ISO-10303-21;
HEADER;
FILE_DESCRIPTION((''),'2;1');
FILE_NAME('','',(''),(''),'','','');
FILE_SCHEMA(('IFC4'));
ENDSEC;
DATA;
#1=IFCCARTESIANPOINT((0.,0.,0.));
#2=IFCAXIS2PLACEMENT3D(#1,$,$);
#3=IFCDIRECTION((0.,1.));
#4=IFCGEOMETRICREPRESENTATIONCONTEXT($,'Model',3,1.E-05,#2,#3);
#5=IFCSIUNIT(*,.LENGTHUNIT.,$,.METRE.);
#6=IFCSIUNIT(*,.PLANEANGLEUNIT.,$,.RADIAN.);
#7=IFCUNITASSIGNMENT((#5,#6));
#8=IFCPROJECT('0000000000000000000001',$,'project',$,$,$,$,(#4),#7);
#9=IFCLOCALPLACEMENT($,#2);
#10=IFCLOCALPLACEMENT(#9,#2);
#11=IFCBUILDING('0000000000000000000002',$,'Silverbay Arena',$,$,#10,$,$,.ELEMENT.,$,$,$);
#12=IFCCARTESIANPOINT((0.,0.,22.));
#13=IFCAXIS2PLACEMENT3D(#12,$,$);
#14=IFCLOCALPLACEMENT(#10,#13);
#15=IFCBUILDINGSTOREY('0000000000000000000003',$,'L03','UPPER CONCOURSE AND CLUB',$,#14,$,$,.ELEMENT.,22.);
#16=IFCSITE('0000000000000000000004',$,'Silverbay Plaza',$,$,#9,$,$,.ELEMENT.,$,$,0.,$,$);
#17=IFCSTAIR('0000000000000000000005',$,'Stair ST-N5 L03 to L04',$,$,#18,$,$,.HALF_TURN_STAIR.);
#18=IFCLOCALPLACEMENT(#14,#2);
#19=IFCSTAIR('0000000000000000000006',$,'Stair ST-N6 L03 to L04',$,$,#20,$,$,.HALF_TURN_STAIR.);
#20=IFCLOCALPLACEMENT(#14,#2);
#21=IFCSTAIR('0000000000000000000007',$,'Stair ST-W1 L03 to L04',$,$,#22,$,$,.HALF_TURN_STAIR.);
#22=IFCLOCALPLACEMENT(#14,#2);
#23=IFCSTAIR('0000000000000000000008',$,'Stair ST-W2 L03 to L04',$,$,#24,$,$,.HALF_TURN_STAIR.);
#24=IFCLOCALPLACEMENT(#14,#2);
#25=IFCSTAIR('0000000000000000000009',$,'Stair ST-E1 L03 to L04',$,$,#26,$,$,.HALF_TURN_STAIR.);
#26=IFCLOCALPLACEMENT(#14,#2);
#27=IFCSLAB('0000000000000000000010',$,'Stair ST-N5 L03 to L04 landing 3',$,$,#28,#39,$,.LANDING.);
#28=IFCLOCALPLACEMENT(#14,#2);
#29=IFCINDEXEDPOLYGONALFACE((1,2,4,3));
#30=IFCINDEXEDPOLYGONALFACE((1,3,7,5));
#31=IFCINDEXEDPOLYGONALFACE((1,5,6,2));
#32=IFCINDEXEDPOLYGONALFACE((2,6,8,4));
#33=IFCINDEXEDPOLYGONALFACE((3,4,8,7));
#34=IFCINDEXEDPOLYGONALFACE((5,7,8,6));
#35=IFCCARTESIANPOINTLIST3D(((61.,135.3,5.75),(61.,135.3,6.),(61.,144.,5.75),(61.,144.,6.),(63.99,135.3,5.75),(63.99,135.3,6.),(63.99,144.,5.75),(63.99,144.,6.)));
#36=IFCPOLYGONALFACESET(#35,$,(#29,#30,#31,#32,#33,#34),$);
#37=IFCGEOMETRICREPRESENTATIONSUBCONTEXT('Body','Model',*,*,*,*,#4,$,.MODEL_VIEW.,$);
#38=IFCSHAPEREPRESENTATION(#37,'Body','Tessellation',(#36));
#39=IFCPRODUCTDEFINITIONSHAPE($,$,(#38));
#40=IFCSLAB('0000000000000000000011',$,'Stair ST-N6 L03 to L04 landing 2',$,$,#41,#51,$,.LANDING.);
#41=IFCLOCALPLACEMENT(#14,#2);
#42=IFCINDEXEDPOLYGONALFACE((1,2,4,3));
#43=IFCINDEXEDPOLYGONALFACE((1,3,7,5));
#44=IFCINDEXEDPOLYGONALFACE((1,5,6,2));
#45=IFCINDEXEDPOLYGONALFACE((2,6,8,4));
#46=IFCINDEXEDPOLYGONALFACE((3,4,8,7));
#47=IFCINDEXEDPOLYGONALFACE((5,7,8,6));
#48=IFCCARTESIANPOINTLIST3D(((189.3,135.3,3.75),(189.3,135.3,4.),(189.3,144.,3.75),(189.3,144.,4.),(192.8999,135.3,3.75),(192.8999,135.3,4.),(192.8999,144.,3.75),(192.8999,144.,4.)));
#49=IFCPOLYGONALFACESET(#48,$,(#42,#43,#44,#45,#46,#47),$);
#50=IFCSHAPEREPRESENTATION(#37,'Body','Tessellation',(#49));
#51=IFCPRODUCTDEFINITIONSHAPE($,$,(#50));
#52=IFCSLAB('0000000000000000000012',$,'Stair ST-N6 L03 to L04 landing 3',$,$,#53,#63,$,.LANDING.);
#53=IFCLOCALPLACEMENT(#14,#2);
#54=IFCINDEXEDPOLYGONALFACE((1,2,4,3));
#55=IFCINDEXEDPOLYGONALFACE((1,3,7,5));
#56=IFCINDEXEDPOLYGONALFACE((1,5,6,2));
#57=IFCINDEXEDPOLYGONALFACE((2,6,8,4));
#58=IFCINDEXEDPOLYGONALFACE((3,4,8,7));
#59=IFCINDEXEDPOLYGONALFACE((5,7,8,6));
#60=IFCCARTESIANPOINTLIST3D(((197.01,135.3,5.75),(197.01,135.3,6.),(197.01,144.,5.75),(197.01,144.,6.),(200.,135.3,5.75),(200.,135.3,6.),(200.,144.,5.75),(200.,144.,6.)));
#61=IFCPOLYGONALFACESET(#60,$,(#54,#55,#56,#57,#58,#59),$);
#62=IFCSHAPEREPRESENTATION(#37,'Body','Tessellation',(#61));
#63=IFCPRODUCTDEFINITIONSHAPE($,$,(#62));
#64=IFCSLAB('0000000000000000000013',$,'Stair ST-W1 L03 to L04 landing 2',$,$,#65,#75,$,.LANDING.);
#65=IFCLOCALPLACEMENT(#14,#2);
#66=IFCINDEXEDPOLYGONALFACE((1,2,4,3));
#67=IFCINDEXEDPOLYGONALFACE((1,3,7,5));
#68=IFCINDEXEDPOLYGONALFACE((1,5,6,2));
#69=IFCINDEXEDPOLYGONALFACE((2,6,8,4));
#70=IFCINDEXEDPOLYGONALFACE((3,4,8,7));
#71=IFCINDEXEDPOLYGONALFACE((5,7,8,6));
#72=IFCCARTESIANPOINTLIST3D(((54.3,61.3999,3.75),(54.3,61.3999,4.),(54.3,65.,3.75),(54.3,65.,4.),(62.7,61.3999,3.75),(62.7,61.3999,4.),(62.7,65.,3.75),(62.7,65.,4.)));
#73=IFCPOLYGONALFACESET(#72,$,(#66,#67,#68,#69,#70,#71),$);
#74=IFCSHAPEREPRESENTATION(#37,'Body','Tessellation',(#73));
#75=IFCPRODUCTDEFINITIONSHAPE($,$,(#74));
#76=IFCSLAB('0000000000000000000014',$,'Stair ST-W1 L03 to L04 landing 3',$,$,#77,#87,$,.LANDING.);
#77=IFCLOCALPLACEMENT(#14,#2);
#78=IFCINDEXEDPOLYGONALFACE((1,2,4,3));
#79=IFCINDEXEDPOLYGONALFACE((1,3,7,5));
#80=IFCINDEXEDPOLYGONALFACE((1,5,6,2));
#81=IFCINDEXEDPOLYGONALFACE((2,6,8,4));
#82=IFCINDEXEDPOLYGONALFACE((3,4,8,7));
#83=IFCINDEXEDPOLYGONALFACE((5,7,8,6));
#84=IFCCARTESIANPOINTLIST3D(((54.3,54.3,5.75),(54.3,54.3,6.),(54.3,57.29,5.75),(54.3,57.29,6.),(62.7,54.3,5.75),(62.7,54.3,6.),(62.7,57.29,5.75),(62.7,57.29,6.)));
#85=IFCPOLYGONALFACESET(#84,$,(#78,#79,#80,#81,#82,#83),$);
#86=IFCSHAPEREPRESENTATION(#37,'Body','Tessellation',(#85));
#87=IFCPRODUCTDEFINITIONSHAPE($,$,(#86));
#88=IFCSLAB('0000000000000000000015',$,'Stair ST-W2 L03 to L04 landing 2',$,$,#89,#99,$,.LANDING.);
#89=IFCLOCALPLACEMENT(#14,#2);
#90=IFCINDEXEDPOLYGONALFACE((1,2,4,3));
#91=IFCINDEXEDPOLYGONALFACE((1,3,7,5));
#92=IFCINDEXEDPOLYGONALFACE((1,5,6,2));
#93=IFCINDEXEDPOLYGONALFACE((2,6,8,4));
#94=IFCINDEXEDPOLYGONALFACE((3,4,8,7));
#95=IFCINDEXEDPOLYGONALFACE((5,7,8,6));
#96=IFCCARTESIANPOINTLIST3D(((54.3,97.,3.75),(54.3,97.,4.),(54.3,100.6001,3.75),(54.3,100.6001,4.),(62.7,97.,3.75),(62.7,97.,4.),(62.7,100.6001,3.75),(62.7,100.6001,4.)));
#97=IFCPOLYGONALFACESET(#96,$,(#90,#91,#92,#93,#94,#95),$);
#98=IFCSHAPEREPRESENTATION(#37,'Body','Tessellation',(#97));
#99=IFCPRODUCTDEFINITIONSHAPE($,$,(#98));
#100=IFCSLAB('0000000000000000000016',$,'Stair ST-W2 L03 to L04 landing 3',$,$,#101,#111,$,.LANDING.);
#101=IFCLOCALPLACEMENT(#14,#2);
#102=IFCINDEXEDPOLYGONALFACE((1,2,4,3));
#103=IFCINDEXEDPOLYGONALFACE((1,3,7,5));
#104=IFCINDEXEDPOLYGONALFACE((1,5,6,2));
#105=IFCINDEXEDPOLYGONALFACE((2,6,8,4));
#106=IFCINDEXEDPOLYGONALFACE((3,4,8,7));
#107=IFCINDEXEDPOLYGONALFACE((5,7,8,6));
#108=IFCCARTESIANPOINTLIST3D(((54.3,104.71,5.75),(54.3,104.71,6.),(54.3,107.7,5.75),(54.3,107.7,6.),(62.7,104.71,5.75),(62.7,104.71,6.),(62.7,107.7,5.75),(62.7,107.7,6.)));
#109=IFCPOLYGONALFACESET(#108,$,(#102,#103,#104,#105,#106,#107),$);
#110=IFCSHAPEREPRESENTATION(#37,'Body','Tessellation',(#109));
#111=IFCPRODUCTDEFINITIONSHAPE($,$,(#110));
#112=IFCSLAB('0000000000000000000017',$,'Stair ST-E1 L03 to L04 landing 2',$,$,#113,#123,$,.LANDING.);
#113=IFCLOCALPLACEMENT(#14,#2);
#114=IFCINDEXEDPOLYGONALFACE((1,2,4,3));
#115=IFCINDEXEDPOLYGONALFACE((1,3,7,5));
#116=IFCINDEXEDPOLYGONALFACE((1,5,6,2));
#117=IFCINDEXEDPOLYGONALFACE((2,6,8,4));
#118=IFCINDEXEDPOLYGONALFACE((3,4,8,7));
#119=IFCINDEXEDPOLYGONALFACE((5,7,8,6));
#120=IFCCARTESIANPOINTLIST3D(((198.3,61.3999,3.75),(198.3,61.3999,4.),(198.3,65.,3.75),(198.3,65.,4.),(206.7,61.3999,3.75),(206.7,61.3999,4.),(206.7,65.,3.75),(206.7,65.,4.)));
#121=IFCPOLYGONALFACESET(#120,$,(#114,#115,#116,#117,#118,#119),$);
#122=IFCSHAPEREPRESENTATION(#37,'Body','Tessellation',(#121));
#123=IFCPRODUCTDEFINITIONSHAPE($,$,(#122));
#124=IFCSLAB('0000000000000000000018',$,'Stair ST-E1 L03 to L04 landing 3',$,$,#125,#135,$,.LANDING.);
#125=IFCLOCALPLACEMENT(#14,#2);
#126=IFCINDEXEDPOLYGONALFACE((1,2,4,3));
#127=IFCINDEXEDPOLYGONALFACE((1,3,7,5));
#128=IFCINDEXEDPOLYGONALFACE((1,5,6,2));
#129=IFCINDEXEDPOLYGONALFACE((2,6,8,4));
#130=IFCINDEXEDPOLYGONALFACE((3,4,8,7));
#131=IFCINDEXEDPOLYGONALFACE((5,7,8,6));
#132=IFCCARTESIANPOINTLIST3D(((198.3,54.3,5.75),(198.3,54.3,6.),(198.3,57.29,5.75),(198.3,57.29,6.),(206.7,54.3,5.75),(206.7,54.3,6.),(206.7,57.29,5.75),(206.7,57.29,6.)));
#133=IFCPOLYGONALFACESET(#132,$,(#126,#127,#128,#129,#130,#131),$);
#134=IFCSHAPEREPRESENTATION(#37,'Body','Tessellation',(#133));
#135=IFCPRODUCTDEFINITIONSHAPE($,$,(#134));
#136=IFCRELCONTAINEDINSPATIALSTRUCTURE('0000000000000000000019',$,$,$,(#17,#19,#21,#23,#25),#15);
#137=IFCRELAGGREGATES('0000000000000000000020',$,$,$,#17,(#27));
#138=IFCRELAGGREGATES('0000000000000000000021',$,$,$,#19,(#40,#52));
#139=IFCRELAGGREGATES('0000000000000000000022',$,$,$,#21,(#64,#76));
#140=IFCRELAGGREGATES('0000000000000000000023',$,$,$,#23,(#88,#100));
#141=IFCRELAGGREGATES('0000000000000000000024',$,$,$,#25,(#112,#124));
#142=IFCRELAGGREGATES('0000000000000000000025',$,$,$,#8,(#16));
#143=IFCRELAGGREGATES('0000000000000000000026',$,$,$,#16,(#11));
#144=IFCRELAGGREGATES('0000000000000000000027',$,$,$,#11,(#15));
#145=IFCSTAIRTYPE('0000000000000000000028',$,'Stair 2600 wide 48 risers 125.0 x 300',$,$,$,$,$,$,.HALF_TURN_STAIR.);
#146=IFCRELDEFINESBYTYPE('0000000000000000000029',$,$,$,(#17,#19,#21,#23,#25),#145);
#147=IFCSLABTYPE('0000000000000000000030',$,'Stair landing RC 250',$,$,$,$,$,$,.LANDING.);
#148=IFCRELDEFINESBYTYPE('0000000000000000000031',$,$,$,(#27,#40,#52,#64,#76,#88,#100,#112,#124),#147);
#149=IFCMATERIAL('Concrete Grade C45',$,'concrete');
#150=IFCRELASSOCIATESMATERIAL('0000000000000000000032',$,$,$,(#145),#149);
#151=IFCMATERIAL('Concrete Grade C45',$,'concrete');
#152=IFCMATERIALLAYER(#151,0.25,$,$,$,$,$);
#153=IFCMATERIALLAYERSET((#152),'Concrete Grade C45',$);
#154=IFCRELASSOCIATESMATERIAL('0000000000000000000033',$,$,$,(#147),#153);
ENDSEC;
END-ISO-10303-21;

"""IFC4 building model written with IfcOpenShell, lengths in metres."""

from ifc_helpers import new_model, si_unit, direction, frame, origin, place, context, subcontext, project, spatial, polyline, outline, extrude, material, layer, layer_set, type_object, element, aggregate, save


model = new_model("IFC4")

# Units and contexts
model_context = context("Model", 3, precision=1e-05, world=origin(), true_north=direction((0.0, 1.0)))
body_context = subcontext(model_context, "Body", "Model", "MODEL_VIEW")
ifc_project = project(units=[si_unit("LENGTHUNIT", "METRE"), si_unit("PLANEANGLEUNIT", "RADIAN")], contexts=[model_context])

# Site, building, storey
site_placement = place(None, origin())
site = spatial("IfcSite", under=ifc_project, at=site_placement, Name="Silverbay Plaza", CompositionType="ELEMENT", RefElevation=0.0)
building_placement = place(site_placement, origin())
building = spatial("IfcBuilding", under=site, at=building_placement, Name="Silverbay Arena", CompositionType="ELEMENT")
storey_placement = place(building_placement, frame((0.0, 0.0, 22.0)))
storey = spatial("IfcBuildingStorey", under=building, at=storey_placement, Name="L03", Description="UPPER CONCOURSE AND CLUB", CompositionType="ELEMENT", Elevation=22.0)

# Stairs
ifc_material_1 = material(Name="Concrete Grade C45", Category="concrete")
stair_type = type_object("IfcStairType", Name="Stair 2600 wide 48 risers 125.0 x 300", PredefinedType="HALF_TURN_STAIR", material=ifc_material_1)
stair_1_placement = place(storey_placement, origin())
stair_1 = element("IfcStair", 1, at=stair_1_placement, inside=storey, type_object=stair_type, Name="Stair ST-N5 L03 to L04", PredefinedType="HALF_TURN_STAIR")
stair_2_placement = place(storey_placement, origin())
stair_2 = element("IfcStair", 2, at=stair_2_placement, inside=storey, type_object=stair_type, Name="Stair ST-N6 L03 to L04", PredefinedType="HALF_TURN_STAIR")
stair_3_placement = place(storey_placement, origin())
stair_3 = element("IfcStair", 3, at=stair_3_placement, inside=storey, type_object=stair_type, Name="Stair ST-W1 L03 to L04", PredefinedType="HALF_TURN_STAIR")
stair_4_placement = place(storey_placement, origin())
stair_4 = element("IfcStair", 4, at=stair_4_placement, inside=storey, type_object=stair_type, Name="Stair ST-W2 L03 to L04", PredefinedType="HALF_TURN_STAIR")
stair_5_placement = place(storey_placement, origin())
stair_5 = element("IfcStair", 5, at=stair_5_placement, inside=storey, type_object=stair_type, Name="Stair ST-E1 L03 to L04", PredefinedType="HALF_TURN_STAIR")

# Slabs
ifc_material_2 = material(Name="Concrete Grade C45", Category="concrete")
ifc_layer_1 = layer(ifc_material_2, 0.25)
ifc_layer_set_1 = layer_set([ifc_layer_1], Name="Concrete Grade C45")
slab_type_1 = type_object("IfcSlabType", Name="Stair landing RC 250", PredefinedType="LANDING", material=ifc_layer_set_1)
slab_1_placement = place(storey_placement, frame((0.0, 0.0, 5.75)))
slab_1 = element("IfcSlab", 6, at=slab_1_placement, type_object=slab_type_1, Name="Stair ST-N5 L03 to L04 landing 3", PredefinedType="LANDING", context=body_context, shape_type="SweptSolid", body=[
    extrude(outline(polyline([(63.99, 135.3), (61.0, 135.3), (61.0, 144.0), (63.99, 144.0), (63.99, 135.3)])), origin(), (0.0, 0.0, 1.0), 0.25),
])
aggregate(stair_1, [slab_1])
slab_2_placement = place(storey_placement, frame((0.0, 0.0, 3.75)))
slab_2 = element("IfcSlab", 7, at=slab_2_placement, type_object=slab_type_1, Name="Stair ST-N6 L03 to L04 landing 2", PredefinedType="LANDING", context=body_context, shape_type="SweptSolid", body=[
    extrude(outline(polyline([(189.3, 135.3), (192.8999, 135.3), (192.8999, 144.0), (189.3, 144.0), (189.3, 135.3)])), origin(), (0.0, 0.0, 1.0), 0.25),
])
slab_3_placement = place(storey_placement, frame((0.0, 0.0, 5.75)))
slab_3 = element("IfcSlab", 8, at=slab_3_placement, type_object=slab_type_1, Name="Stair ST-N6 L03 to L04 landing 3", PredefinedType="LANDING", context=body_context, shape_type="SweptSolid", body=[
    extrude(outline(polyline([(197.01, 135.3), (200.0, 135.3), (200.0, 144.0), (197.01, 144.0), (197.01, 135.3)])), origin(), (0.0, 0.0, 1.0), 0.25),
])
aggregate(stair_2, [slab_2, slab_3])
slab_4_placement = place(storey_placement, frame((0.0, 0.0, 3.75)))
slab_4 = element("IfcSlab", 9, at=slab_4_placement, type_object=slab_type_1, Name="Stair ST-W1 L03 to L04 landing 2", PredefinedType="LANDING", context=body_context, shape_type="SweptSolid", body=[
    extrude(outline(polyline([(62.7, 65.0), (62.7, 61.3999), (54.3, 61.3999), (54.3, 65.0), (62.7, 65.0)])), origin(), (0.0, 0.0, 1.0), 0.25),
])
slab_5_placement = place(storey_placement, frame((0.0, 0.0, 5.75)))
slab_5 = element("IfcSlab", 10, at=slab_5_placement, type_object=slab_type_1, Name="Stair ST-W1 L03 to L04 landing 3", PredefinedType="LANDING", context=body_context, shape_type="SweptSolid", body=[
    extrude(outline(polyline([(62.7, 57.29), (62.7, 54.3), (54.3, 54.3), (54.3, 57.29), (62.7, 57.29)])), origin(), (0.0, 0.0, 1.0), 0.25),
])
aggregate(stair_3, [slab_4, slab_5])
slab_6_placement = place(storey_placement, frame((0.0, 0.0, 3.75)))
slab_6 = element("IfcSlab", 11, at=slab_6_placement, type_object=slab_type_1, Name="Stair ST-W2 L03 to L04 landing 2", PredefinedType="LANDING", context=body_context, shape_type="SweptSolid", body=[
    extrude(outline(polyline([(62.7, 97.0), (62.7, 100.6001), (54.3, 100.6001), (54.3, 97.0), (62.7, 97.0)])), origin(), (0.0, 0.0, 1.0), 0.25),
])
slab_7_placement = place(storey_placement, frame((0.0, 0.0, 5.75)))
slab_7 = element("IfcSlab", 12, at=slab_7_placement, type_object=slab_type_1, Name="Stair ST-W2 L03 to L04 landing 3", PredefinedType="LANDING", context=body_context, shape_type="SweptSolid", body=[
    extrude(outline(polyline([(62.7, 104.71), (62.7, 107.7), (54.3, 107.7), (54.3, 104.71), (62.7, 104.71)])), origin(), (0.0, 0.0, 1.0), 0.25),
])
aggregate(stair_4, [slab_6, slab_7])
slab_8_placement = place(storey_placement, frame((0.0, 0.0, 3.75)))
slab_8 = element("IfcSlab", 13, at=slab_8_placement, type_object=slab_type_1, Name="Stair ST-E1 L03 to L04 landing 2", PredefinedType="LANDING", context=body_context, shape_type="SweptSolid", body=[
    extrude(outline(polyline([(198.3, 65.0), (198.3, 61.3999), (206.7, 61.3999), (206.7, 65.0), (198.3, 65.0)])), origin(), (0.0, 0.0, 1.0), 0.25),
])
slab_9_placement = place(storey_placement, frame((0.0, 0.0, 5.75)))
slab_9 = element("IfcSlab", 14, at=slab_9_placement, type_object=slab_type_1, Name="Stair ST-E1 L03 to L04 landing 3", PredefinedType="LANDING", context=body_context, shape_type="SweptSolid", body=[
    extrude(outline(polyline([(198.3, 57.29), (198.3, 54.3), (206.7, 54.3), (206.7, 57.29), (198.3, 57.29)])), origin(), (0.0, 0.0, 1.0), 0.25),
])
aggregate(stair_5, [slab_8, slab_9])

save(model, "model.ifc")
